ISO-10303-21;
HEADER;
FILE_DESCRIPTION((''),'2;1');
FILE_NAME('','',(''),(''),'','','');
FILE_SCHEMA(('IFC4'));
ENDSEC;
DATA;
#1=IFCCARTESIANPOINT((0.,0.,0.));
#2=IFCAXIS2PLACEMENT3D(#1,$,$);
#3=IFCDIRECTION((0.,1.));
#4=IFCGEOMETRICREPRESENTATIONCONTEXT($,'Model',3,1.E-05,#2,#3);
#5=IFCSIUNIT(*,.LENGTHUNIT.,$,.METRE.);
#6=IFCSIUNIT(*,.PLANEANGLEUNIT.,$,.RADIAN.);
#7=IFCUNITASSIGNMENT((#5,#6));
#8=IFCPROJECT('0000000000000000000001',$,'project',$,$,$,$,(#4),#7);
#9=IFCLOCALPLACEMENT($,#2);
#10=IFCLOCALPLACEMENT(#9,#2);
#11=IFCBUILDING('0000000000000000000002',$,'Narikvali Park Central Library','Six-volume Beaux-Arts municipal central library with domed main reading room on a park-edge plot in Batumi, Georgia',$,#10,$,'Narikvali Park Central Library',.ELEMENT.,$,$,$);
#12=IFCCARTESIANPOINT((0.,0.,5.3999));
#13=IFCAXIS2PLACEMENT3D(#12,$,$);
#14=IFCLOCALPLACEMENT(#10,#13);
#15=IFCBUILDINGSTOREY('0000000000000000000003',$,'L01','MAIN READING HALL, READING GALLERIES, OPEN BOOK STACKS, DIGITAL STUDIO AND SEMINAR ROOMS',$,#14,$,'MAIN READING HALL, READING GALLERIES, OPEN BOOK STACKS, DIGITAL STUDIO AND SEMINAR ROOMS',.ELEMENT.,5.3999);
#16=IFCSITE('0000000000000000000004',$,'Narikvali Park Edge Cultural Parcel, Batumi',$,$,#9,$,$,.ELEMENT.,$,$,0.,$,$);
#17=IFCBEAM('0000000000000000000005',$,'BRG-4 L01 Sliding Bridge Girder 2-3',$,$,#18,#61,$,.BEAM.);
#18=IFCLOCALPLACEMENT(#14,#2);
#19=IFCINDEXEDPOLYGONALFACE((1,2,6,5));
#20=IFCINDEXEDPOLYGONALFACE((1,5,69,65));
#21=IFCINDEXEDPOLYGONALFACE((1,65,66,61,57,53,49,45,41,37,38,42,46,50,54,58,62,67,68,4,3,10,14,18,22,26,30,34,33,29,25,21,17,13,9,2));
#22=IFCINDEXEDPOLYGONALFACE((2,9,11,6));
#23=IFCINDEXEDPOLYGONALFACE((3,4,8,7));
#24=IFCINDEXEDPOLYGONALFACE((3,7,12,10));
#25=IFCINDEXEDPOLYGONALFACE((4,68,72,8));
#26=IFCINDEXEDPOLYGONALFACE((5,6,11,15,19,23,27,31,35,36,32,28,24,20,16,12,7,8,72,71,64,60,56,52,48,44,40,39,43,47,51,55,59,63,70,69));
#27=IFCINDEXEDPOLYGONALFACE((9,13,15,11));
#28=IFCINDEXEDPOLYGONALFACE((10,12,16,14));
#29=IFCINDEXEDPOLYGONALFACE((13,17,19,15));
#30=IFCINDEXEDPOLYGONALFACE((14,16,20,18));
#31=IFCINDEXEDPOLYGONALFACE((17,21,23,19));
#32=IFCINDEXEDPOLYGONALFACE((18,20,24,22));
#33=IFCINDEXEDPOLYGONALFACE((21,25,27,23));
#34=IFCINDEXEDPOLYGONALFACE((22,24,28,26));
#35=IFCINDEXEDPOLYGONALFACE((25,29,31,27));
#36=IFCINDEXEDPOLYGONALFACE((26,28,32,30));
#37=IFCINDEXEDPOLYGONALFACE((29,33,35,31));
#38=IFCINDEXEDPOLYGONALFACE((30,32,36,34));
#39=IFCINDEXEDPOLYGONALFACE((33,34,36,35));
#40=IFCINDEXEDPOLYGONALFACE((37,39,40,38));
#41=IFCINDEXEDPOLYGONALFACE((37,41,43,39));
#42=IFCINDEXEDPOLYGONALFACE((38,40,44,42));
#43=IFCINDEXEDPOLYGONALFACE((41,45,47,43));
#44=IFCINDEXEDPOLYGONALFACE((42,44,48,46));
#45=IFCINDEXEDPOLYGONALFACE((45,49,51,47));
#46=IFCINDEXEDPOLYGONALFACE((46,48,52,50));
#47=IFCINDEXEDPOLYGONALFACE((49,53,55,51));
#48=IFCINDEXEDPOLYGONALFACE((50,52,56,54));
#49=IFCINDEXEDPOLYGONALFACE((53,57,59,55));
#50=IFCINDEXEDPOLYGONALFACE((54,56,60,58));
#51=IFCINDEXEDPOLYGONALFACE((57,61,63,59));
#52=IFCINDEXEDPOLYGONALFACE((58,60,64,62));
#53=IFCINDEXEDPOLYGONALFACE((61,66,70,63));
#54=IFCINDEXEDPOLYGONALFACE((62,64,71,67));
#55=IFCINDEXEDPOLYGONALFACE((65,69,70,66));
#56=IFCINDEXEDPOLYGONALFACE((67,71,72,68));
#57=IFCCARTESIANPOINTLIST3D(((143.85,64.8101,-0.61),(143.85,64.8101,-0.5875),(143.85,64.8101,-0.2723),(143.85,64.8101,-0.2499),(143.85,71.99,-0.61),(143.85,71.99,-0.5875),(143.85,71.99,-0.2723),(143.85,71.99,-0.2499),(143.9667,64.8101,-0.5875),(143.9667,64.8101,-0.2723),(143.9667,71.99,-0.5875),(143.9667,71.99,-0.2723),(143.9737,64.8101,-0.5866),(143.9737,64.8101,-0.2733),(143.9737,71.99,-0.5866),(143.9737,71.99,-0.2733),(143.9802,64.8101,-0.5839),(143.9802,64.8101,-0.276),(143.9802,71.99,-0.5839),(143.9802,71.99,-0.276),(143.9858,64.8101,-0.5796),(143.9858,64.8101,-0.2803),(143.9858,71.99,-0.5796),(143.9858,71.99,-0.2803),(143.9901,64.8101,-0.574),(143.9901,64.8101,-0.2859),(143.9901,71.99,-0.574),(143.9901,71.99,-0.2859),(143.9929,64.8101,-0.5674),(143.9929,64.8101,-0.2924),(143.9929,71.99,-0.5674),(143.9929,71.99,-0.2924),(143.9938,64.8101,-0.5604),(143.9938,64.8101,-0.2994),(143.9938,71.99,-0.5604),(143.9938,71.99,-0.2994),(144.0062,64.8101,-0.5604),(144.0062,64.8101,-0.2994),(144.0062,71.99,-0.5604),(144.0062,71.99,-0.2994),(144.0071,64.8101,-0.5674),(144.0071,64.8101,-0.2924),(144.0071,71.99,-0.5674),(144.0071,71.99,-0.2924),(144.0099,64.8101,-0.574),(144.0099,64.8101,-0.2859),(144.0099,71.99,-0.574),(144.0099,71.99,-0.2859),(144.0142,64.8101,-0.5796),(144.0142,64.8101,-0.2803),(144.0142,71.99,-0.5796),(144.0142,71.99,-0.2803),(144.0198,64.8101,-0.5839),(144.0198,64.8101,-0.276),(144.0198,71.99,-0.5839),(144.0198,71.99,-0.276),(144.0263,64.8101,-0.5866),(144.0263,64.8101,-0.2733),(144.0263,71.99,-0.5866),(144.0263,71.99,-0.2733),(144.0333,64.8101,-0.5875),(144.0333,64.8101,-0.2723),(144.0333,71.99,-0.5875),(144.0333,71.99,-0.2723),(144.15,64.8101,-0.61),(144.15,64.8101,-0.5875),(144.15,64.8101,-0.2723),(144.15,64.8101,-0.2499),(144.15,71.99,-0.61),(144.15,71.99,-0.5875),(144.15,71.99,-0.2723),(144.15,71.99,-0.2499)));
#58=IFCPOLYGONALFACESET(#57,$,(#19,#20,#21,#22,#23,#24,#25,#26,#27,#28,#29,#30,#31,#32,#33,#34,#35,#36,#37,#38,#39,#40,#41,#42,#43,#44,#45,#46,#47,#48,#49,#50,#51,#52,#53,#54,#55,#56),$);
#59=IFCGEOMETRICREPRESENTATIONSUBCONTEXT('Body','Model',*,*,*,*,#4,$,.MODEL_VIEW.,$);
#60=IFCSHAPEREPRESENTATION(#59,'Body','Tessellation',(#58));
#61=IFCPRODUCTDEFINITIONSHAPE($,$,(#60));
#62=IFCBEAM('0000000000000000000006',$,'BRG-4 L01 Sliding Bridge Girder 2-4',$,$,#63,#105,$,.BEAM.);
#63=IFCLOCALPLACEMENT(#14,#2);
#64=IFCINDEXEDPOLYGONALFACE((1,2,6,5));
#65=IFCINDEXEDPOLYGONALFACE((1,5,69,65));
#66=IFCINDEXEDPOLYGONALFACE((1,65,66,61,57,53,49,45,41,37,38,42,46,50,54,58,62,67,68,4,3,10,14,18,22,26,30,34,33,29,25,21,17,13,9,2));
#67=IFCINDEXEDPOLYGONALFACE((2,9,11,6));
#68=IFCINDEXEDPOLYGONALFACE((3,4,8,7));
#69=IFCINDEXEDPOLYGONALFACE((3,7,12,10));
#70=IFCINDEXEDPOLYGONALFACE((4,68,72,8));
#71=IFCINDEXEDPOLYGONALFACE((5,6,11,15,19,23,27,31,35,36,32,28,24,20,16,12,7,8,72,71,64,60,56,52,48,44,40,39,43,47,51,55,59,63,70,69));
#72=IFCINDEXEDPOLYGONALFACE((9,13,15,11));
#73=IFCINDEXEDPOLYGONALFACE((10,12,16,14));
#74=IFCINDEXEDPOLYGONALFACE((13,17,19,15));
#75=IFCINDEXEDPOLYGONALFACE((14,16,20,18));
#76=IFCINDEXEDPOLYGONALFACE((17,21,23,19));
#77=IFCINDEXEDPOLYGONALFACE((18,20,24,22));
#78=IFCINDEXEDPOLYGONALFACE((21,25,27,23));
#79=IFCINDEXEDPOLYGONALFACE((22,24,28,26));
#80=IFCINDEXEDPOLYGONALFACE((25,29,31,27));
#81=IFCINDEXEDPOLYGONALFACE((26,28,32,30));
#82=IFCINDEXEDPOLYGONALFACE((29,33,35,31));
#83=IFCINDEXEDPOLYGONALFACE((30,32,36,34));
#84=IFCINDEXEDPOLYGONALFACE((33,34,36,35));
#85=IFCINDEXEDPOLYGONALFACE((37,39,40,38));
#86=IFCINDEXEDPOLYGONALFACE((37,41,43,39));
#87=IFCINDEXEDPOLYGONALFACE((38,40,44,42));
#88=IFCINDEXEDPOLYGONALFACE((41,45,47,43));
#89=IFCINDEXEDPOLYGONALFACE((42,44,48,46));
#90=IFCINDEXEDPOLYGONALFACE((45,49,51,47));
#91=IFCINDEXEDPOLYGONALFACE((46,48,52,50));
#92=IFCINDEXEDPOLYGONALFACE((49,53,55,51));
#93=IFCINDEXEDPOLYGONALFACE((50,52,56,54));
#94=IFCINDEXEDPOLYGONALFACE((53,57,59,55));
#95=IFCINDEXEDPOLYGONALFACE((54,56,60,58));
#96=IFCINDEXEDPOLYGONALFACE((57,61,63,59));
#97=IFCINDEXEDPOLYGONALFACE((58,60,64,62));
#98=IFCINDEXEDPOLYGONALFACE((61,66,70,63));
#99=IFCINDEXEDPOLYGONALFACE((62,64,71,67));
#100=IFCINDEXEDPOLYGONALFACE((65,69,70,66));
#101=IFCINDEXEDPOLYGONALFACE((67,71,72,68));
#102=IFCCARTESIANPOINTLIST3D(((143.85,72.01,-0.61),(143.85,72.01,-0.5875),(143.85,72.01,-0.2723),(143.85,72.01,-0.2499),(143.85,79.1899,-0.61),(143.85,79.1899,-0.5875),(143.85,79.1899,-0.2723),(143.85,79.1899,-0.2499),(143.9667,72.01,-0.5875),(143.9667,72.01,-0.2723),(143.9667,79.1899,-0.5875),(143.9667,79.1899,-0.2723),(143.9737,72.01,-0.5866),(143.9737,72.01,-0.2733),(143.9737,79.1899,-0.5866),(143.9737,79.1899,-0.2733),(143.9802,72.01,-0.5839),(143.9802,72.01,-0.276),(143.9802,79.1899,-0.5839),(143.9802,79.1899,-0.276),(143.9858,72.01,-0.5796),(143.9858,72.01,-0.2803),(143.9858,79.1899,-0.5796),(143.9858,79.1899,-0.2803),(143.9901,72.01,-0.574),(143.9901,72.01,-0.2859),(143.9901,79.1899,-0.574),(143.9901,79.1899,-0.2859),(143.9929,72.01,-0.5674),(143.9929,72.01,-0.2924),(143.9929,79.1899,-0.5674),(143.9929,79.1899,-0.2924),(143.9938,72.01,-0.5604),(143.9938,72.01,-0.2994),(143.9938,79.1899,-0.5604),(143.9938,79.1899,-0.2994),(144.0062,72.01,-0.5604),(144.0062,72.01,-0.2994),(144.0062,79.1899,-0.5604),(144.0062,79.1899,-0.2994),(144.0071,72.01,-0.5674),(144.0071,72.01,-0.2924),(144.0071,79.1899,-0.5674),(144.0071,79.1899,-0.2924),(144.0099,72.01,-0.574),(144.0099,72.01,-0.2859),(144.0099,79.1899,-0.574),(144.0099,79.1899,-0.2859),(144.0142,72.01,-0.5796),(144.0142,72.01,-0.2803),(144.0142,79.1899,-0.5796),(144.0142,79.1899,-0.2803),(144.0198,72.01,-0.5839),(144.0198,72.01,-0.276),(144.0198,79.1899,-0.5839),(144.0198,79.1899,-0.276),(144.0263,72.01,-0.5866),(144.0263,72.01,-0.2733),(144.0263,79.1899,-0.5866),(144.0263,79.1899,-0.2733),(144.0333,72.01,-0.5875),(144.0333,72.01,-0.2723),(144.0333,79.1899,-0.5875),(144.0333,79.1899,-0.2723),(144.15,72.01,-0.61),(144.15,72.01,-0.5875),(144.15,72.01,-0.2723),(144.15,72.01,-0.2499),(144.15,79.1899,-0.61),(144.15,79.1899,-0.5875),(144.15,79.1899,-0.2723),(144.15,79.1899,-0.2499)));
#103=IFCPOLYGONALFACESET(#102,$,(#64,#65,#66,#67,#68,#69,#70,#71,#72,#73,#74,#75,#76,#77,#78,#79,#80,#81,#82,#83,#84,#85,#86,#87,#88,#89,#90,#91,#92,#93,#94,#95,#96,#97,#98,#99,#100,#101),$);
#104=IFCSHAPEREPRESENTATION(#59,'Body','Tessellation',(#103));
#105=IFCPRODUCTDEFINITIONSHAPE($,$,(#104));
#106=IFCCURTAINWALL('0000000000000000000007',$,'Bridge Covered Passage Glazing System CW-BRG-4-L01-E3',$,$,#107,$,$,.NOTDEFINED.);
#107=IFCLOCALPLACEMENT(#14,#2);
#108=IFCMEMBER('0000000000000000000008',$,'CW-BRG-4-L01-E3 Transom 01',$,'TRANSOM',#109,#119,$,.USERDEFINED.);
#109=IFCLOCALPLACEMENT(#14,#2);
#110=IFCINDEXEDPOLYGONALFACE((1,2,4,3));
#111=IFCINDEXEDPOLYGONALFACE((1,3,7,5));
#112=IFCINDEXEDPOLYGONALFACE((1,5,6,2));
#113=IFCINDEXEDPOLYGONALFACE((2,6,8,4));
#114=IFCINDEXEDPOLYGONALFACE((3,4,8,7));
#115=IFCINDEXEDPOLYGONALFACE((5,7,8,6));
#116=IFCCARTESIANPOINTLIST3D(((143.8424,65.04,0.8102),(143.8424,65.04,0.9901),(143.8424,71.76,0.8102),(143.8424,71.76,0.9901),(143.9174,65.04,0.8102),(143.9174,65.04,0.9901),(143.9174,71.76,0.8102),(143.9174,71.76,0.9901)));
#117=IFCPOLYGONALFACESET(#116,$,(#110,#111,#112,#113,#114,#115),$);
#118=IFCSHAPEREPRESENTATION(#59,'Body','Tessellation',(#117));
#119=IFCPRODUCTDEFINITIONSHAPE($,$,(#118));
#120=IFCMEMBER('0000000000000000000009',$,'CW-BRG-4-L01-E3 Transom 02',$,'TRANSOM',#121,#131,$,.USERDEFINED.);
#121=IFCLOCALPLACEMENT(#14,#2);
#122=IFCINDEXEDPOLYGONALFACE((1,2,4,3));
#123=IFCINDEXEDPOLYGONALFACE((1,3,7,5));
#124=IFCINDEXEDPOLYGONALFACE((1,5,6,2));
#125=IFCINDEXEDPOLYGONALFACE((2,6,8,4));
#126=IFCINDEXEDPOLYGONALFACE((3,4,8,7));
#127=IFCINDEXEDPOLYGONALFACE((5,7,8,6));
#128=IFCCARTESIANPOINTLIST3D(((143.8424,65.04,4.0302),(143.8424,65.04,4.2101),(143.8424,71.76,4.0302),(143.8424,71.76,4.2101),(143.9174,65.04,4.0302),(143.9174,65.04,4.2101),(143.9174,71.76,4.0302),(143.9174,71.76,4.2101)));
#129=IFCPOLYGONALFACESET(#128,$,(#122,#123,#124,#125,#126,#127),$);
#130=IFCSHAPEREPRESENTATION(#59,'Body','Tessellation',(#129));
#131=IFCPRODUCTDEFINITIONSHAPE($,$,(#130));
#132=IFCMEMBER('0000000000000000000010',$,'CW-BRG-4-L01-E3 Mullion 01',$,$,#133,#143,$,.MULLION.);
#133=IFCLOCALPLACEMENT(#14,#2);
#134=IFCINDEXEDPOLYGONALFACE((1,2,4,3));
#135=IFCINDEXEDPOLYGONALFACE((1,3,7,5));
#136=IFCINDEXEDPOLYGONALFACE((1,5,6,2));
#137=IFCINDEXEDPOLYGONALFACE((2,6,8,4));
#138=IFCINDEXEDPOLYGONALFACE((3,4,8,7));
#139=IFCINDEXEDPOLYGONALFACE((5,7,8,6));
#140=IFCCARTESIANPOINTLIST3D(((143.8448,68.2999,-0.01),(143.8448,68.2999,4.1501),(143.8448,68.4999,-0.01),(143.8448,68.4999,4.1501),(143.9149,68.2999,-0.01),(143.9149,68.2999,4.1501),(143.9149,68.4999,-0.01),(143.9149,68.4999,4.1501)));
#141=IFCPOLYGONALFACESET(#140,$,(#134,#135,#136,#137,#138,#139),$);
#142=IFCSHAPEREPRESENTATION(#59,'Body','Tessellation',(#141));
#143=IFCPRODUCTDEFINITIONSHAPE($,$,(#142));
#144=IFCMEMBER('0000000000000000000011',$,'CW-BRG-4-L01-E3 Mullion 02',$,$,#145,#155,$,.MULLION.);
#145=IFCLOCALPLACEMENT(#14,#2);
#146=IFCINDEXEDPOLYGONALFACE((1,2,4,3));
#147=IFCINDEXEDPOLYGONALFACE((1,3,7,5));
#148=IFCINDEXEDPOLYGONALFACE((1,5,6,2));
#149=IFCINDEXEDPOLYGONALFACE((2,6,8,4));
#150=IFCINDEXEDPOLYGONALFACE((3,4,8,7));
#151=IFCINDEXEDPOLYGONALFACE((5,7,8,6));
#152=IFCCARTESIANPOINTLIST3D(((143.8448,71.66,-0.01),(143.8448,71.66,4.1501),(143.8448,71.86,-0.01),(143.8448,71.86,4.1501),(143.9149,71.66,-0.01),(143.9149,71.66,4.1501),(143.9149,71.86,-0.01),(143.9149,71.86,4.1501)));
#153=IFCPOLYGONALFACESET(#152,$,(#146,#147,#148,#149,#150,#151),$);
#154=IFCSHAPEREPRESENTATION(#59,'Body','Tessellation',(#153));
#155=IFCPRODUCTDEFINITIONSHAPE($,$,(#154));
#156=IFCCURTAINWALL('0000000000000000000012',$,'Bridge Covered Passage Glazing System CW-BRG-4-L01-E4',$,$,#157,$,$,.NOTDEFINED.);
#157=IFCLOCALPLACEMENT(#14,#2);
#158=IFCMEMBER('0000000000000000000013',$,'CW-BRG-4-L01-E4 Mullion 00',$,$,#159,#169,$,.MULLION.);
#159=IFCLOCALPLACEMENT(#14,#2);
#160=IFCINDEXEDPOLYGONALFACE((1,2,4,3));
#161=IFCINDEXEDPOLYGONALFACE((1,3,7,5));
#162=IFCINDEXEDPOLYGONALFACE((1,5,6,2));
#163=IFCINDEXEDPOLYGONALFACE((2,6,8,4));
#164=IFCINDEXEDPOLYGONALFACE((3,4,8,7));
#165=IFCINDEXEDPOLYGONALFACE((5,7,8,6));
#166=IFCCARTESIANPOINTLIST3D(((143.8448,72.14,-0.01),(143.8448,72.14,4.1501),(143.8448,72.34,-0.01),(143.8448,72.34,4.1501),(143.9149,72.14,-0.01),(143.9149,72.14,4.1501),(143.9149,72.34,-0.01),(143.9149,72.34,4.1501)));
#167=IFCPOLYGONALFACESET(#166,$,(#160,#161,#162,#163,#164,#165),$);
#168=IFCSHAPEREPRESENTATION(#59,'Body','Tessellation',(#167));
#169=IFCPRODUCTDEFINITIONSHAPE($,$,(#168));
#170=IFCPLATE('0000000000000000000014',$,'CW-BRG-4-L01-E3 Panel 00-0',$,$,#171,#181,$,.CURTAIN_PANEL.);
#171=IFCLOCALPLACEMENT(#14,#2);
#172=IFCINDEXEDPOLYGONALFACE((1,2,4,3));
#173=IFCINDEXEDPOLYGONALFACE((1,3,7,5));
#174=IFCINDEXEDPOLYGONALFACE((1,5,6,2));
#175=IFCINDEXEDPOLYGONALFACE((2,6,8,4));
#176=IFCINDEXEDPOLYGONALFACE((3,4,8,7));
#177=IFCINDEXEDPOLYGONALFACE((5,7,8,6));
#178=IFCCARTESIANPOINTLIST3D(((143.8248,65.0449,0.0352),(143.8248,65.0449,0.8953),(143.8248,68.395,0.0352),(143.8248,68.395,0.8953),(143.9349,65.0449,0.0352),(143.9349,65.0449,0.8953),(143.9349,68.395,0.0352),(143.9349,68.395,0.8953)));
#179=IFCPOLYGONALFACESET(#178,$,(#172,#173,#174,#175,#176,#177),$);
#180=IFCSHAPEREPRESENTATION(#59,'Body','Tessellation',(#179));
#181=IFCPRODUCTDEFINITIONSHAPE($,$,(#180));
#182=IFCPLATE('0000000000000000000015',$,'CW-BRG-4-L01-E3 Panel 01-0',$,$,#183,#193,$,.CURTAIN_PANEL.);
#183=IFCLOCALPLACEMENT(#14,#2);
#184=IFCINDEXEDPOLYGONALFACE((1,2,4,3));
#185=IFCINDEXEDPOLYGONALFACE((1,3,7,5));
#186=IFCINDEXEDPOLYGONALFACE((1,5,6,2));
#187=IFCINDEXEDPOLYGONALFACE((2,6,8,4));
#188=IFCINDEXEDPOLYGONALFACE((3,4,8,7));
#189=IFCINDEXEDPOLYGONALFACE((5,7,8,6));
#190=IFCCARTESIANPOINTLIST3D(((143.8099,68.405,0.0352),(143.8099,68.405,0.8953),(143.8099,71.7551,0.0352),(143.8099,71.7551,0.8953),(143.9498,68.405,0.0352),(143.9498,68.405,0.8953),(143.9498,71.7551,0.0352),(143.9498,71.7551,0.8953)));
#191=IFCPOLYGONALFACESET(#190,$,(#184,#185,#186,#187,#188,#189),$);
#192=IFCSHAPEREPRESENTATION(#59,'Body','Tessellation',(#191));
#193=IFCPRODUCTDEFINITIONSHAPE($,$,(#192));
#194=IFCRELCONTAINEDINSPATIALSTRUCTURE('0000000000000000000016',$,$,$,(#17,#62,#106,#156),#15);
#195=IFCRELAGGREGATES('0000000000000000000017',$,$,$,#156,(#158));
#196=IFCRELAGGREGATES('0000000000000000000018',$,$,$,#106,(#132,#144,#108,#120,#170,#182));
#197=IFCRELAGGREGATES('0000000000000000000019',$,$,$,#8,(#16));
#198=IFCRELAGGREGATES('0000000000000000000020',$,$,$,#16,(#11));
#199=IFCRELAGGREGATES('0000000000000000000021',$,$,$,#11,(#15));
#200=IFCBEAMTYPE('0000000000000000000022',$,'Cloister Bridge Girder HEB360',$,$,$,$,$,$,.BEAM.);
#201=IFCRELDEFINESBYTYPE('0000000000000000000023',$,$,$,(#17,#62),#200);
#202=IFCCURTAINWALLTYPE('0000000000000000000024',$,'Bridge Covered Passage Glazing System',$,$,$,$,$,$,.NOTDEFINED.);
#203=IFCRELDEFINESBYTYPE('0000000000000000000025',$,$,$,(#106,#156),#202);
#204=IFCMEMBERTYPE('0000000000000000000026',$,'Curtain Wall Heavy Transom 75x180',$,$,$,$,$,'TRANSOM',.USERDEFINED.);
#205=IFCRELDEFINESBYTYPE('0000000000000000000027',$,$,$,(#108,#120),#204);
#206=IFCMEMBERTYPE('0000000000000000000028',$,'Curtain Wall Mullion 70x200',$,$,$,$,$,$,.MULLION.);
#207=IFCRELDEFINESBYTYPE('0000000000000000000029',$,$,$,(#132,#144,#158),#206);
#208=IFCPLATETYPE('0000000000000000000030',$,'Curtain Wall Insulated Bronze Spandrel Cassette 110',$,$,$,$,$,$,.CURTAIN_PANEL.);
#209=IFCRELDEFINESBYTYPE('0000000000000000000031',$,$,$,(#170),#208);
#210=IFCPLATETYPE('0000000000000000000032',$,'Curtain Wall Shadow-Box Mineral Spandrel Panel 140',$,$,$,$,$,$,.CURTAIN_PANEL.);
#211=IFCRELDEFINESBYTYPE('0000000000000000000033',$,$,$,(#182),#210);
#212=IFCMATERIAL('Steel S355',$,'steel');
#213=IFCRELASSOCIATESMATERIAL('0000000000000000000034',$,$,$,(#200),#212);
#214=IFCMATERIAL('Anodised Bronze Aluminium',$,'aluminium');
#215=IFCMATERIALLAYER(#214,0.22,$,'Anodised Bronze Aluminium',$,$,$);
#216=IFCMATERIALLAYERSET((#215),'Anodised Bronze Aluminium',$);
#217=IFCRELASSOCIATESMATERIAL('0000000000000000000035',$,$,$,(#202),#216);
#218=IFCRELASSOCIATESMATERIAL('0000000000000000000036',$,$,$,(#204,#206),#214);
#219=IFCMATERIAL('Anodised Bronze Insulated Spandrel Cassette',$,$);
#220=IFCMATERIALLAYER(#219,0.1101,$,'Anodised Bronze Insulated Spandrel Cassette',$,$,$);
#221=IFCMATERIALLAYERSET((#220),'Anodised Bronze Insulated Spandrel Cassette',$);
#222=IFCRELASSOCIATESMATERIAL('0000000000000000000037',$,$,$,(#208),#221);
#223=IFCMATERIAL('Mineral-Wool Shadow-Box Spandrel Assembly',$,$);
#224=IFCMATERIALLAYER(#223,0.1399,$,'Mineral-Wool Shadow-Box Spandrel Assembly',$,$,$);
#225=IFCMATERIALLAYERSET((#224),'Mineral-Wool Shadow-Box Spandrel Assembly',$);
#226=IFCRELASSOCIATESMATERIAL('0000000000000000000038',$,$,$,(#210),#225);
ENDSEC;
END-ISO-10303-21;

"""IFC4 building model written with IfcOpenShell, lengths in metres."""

from ifc_helpers import new_model, si_unit, direction, frame, origin, origin_2d, place, context, subcontext, project, spatial, rectangle, i_section, extrude, material, layer, layer_set, material_profile, profile_set, type_object, element, aggregate, save


model = new_model("IFC4")

# Units and contexts
model_context = context("Model", 3, precision=1e-05, world=origin(), true_north=direction((0.0, 1.0)))
body_context = subcontext(model_context, "Body", "Model", "MODEL_VIEW")
ifc_project = project(units=[si_unit("LENGTHUNIT", "METRE"), si_unit("PLANEANGLEUNIT", "RADIAN")], contexts=[model_context])

# Site, building, storey
site_placement = place(None, origin())
site = spatial("IfcSite", under=ifc_project, at=site_placement, Name="Narikvali Park Edge Cultural Parcel, Batumi", CompositionType="ELEMENT", RefElevation=0.0)
building_placement = place(site_placement, origin())
building = spatial("IfcBuilding", under=site, at=building_placement, Name="Narikvali Park Central Library", Description="Six-volume Beaux-Arts municipal central library with domed main reading room on a park-edge plot in Batumi, Georgia", LongName="Narikvali Park Central Library", CompositionType="ELEMENT")
storey_placement = place(building_placement, frame((0.0, 0.0, 5.3999)))
storey = spatial("IfcBuildingStorey", under=building, at=storey_placement, Name="L01", Description="MAIN READING HALL, READING GALLERIES, OPEN BOOK STACKS, DIGITAL STUDIO AND SEMINAR ROOMS", LongName="MAIN READING HALL, READING GALLERIES, OPEN BOOK STACKS, DIGITAL STUDIO AND SEMINAR ROOMS", CompositionType="ELEMENT", Elevation=5.3999)

# Shared definitions
ifc_material_1 = material(Name="Steel S355", Category="steel")

# Beams
ifc_material_profile_1 = material_profile(ifc_material_1, i_section(OverallWidth=0.3, OverallDepth=0.3601, WebThickness=0.0125, FlangeThickness=0.0225, FilletRadius=0.0271, at=origin_2d()), Name="HEB 360")
ifc_profile_set_1 = profile_set([ifc_material_profile_1], Name="Steel S355")
beam_type = type_object("IfcBeamType", Name="Cloister Bridge Girder HEB360", PredefinedType="BEAM", material=ifc_profile_set_1)
for number, where, z_axis, x_axis, name in (
    (1, (144.0, 64.8101, -0.4299), (0.0, 1.0, 0.0), (-1.0, 0.0, 0.0), "BRG-4 L01 Sliding Bridge Girder 2-3"),
    (2, (144.0, 72.01, -0.4299), (0.0, 1.0, 0.0), (-1.0, 0.0, 0.0), "BRG-4 L01 Sliding Bridge Girder 2-4"),
):
    element("IfcBeam", number, at=place(storey_placement, frame(where, z_axis=z_axis, x_axis=x_axis)), inside=storey, type_object=beam_type, Name=name, PredefinedType="BEAM", context=body_context, shape_type="SweptSolid", body=[
        extrude(i_section(OverallWidth=0.3, OverallDepth=0.3601, WebThickness=0.0125, FlangeThickness=0.0225, FilletRadius=0.0271, at=origin_2d()), origin(), (0.0, 0.0, 1.0), 7.1799),
    ])

# Curtain wall, members
ifc_material_2 = material(Name="Anodised Bronze Aluminium", Category="aluminium")
ifc_layer_1 = layer(ifc_material_2, 0.22, Name="Anodised Bronze Aluminium")
ifc_layer_set_1 = layer_set([ifc_layer_1], Name="Anodised Bronze Aluminium")
curtain_wall_type = type_object("IfcCurtainWallType", Name="Bridge Covered Passage Glazing System", PredefinedType="NOTDEFINED", material=ifc_layer_set_1)
curtain_wall_1_placement = place(storey_placement, origin())
curtain_wall_1 = element("IfcCurtainWall", 3, at=curtain_wall_1_placement, inside=storey, type_object=curtain_wall_type, Name="Bridge Covered Passage Glazing System CW-BRG-4-L01-E3", PredefinedType="NOTDEFINED")
ifc_material_profile_2 = material_profile(ifc_material_2, rectangle(XDim=0.075, YDim=0.1799, at=origin_2d()), Name="CW TRANSOM 75x180")
ifc_profile_set_2 = profile_set([ifc_material_profile_2], Name="Anodised Bronze Aluminium")
member_type_1 = type_object("IfcMemberType", Name="Curtain Wall Heavy Transom 75x180", ElementType="TRANSOM", PredefinedType="USERDEFINED", material=ifc_profile_set_2)
member_1_placement = place(storey_placement, frame((143.8799, 65.04, 0.9001), z_axis=(0.0, 1.0, 0.0), x_axis=(-1.0, 0.0, 0.0)))
member_1 = element("IfcMember", 4, at=member_1_placement, type_object=member_type_1, Name="CW-BRG-4-L01-E3 Transom 01", ObjectType="TRANSOM", PredefinedType="USERDEFINED", context=body_context, shape_type="SweptSolid", body=[
    extrude(rectangle(XDim=0.075, YDim=0.1799, at=origin_2d()), origin(), (0.0, 0.0, 1.0), 6.72),
])
member_2_placement = place(storey_placement, frame((143.8799, 65.04, 4.1201), z_axis=(0.0, 1.0, 0.0), x_axis=(-1.0, 0.0, 0.0)))
member_2 = element("IfcMember", 5, at=member_2_placement, type_object=member_type_1, Name="CW-BRG-4-L01-E3 Transom 02", ObjectType="TRANSOM", PredefinedType="USERDEFINED", context=body_context, shape_type="SweptSolid", body=[
    extrude(rectangle(XDim=0.075, YDim=0.1799, at=origin_2d()), origin(), (0.0, 0.0, 1.0), 6.72),
])
ifc_material_profile_3 = material_profile(ifc_material_2, rectangle(XDim=0.0701, YDim=0.2, at=origin_2d()), Name="CW MULLION 70x200")
ifc_profile_set_3 = profile_set([ifc_material_profile_3], Name="Anodised Bronze Aluminium")
member_type_2 = type_object("IfcMemberType", Name="Curtain Wall Mullion 70x200", PredefinedType="MULLION", material=ifc_profile_set_3)
member_3_placement = place(storey_placement, frame((143.8799, 68.3999, -0.01), z_axis=(0.0, 0.0, 1.0), x_axis=(1.0, 0.0, 0.0)))
member_3 = element("IfcMember", 6, at=member_3_placement, type_object=member_type_2, Name="CW-BRG-4-L01-E3 Mullion 01", PredefinedType="MULLION", context=body_context, shape_type="SweptSolid", body=[
    extrude(rectangle(XDim=0.0701, YDim=0.2, at=origin_2d()), origin(), (0.0, 0.0, 1.0), 4.1602),
])
member_4_placement = place(storey_placement, frame((143.8799, 71.76, -0.01), z_axis=(0.0, 0.0, 1.0), x_axis=(1.0, 0.0, 0.0)))
member_4 = element("IfcMember", 7, at=member_4_placement, type_object=member_type_2, Name="CW-BRG-4-L01-E3 Mullion 02", PredefinedType="MULLION", context=body_context, shape_type="SweptSolid", body=[
    extrude(rectangle(XDim=0.0701, YDim=0.2, at=origin_2d()), origin(), (0.0, 0.0, 1.0), 4.1602),
])

# Curtain wall, member
curtain_wall_2_placement = place(storey_placement, origin())
curtain_wall_2 = element("IfcCurtainWall", 8, at=curtain_wall_2_placement, inside=storey, type_object=curtain_wall_type, Name="Bridge Covered Passage Glazing System CW-BRG-4-L01-E4", PredefinedType="NOTDEFINED")
member_5_placement = place(storey_placement, frame((143.8799, 72.24, -0.01), z_axis=(0.0, 0.0, 1.0), x_axis=(1.0, 0.0, 0.0)))
member_5 = element("IfcMember", 9, at=member_5_placement, type_object=member_type_2, Name="CW-BRG-4-L01-E4 Mullion 00", PredefinedType="MULLION", context=body_context, shape_type="SweptSolid", body=[
    extrude(rectangle(XDim=0.0701, YDim=0.2, at=origin_2d()), origin(), (0.0, 0.0, 1.0), 4.1602),
])
aggregate(curtain_wall_2, [member_5])

# Plates
ifc_material_3 = material(Name="Anodised Bronze Insulated Spandrel Cassette")
ifc_layer_2 = layer(ifc_material_3, 0.1101, Name="Anodised Bronze Insulated Spandrel Cassette")
ifc_layer_set_2 = layer_set([ifc_layer_2], Name="Anodised Bronze Insulated Spandrel Cassette")
plate_type_1 = type_object("IfcPlateType", Name="Curtain Wall Insulated Bronze Spandrel Cassette 110", PredefinedType="CURTAIN_PANEL", material=ifc_layer_set_2)
plate_1_placement = place(storey_placement, frame((143.8799, 66.72, 0.0352), z_axis=(0.0, 0.0, 1.0), x_axis=(0.0, 1.0, 0.0)))
plate_1 = element("IfcPlate", 10, at=plate_1_placement, type_object=plate_type_1, Name="CW-BRG-4-L01-E3 Panel 00-0", PredefinedType="CURTAIN_PANEL", context=body_context, shape_type="SweptSolid", body=[
    extrude(rectangle(XDim=3.3501, YDim=0.1101, at=origin_2d()), origin(), (0.0, 0.0, 1.0), 0.8601),
])
ifc_material_4 = material(Name="Mineral-Wool Shadow-Box Spandrel Assembly")
ifc_layer_3 = layer(ifc_material_4, 0.1399, Name="Mineral-Wool Shadow-Box Spandrel Assembly")
ifc_layer_set_3 = layer_set([ifc_layer_3], Name="Mineral-Wool Shadow-Box Spandrel Assembly")
plate_type_2 = type_object("IfcPlateType", Name="Curtain Wall Shadow-Box Mineral Spandrel Panel 140", PredefinedType="CURTAIN_PANEL", material=ifc_layer_set_3)
plate_2_placement = place(storey_placement, frame((143.8799, 70.0801, 0.0352), z_axis=(0.0, 0.0, 1.0), x_axis=(0.0, 1.0, 0.0)))
plate_2 = element("IfcPlate", 11, at=plate_2_placement, type_object=plate_type_2, Name="CW-BRG-4-L01-E3 Panel 01-0", PredefinedType="CURTAIN_PANEL", context=body_context, shape_type="SweptSolid", body=[
    extrude(rectangle(XDim=3.3501, YDim=0.1399, at=origin_2d()), origin(), (0.0, 0.0, 1.0), 0.8601),
])
aggregate(curtain_wall_1, [member_3, member_4, member_1, member_2, plate_1, plate_2])

save(model, "model.ifc")
